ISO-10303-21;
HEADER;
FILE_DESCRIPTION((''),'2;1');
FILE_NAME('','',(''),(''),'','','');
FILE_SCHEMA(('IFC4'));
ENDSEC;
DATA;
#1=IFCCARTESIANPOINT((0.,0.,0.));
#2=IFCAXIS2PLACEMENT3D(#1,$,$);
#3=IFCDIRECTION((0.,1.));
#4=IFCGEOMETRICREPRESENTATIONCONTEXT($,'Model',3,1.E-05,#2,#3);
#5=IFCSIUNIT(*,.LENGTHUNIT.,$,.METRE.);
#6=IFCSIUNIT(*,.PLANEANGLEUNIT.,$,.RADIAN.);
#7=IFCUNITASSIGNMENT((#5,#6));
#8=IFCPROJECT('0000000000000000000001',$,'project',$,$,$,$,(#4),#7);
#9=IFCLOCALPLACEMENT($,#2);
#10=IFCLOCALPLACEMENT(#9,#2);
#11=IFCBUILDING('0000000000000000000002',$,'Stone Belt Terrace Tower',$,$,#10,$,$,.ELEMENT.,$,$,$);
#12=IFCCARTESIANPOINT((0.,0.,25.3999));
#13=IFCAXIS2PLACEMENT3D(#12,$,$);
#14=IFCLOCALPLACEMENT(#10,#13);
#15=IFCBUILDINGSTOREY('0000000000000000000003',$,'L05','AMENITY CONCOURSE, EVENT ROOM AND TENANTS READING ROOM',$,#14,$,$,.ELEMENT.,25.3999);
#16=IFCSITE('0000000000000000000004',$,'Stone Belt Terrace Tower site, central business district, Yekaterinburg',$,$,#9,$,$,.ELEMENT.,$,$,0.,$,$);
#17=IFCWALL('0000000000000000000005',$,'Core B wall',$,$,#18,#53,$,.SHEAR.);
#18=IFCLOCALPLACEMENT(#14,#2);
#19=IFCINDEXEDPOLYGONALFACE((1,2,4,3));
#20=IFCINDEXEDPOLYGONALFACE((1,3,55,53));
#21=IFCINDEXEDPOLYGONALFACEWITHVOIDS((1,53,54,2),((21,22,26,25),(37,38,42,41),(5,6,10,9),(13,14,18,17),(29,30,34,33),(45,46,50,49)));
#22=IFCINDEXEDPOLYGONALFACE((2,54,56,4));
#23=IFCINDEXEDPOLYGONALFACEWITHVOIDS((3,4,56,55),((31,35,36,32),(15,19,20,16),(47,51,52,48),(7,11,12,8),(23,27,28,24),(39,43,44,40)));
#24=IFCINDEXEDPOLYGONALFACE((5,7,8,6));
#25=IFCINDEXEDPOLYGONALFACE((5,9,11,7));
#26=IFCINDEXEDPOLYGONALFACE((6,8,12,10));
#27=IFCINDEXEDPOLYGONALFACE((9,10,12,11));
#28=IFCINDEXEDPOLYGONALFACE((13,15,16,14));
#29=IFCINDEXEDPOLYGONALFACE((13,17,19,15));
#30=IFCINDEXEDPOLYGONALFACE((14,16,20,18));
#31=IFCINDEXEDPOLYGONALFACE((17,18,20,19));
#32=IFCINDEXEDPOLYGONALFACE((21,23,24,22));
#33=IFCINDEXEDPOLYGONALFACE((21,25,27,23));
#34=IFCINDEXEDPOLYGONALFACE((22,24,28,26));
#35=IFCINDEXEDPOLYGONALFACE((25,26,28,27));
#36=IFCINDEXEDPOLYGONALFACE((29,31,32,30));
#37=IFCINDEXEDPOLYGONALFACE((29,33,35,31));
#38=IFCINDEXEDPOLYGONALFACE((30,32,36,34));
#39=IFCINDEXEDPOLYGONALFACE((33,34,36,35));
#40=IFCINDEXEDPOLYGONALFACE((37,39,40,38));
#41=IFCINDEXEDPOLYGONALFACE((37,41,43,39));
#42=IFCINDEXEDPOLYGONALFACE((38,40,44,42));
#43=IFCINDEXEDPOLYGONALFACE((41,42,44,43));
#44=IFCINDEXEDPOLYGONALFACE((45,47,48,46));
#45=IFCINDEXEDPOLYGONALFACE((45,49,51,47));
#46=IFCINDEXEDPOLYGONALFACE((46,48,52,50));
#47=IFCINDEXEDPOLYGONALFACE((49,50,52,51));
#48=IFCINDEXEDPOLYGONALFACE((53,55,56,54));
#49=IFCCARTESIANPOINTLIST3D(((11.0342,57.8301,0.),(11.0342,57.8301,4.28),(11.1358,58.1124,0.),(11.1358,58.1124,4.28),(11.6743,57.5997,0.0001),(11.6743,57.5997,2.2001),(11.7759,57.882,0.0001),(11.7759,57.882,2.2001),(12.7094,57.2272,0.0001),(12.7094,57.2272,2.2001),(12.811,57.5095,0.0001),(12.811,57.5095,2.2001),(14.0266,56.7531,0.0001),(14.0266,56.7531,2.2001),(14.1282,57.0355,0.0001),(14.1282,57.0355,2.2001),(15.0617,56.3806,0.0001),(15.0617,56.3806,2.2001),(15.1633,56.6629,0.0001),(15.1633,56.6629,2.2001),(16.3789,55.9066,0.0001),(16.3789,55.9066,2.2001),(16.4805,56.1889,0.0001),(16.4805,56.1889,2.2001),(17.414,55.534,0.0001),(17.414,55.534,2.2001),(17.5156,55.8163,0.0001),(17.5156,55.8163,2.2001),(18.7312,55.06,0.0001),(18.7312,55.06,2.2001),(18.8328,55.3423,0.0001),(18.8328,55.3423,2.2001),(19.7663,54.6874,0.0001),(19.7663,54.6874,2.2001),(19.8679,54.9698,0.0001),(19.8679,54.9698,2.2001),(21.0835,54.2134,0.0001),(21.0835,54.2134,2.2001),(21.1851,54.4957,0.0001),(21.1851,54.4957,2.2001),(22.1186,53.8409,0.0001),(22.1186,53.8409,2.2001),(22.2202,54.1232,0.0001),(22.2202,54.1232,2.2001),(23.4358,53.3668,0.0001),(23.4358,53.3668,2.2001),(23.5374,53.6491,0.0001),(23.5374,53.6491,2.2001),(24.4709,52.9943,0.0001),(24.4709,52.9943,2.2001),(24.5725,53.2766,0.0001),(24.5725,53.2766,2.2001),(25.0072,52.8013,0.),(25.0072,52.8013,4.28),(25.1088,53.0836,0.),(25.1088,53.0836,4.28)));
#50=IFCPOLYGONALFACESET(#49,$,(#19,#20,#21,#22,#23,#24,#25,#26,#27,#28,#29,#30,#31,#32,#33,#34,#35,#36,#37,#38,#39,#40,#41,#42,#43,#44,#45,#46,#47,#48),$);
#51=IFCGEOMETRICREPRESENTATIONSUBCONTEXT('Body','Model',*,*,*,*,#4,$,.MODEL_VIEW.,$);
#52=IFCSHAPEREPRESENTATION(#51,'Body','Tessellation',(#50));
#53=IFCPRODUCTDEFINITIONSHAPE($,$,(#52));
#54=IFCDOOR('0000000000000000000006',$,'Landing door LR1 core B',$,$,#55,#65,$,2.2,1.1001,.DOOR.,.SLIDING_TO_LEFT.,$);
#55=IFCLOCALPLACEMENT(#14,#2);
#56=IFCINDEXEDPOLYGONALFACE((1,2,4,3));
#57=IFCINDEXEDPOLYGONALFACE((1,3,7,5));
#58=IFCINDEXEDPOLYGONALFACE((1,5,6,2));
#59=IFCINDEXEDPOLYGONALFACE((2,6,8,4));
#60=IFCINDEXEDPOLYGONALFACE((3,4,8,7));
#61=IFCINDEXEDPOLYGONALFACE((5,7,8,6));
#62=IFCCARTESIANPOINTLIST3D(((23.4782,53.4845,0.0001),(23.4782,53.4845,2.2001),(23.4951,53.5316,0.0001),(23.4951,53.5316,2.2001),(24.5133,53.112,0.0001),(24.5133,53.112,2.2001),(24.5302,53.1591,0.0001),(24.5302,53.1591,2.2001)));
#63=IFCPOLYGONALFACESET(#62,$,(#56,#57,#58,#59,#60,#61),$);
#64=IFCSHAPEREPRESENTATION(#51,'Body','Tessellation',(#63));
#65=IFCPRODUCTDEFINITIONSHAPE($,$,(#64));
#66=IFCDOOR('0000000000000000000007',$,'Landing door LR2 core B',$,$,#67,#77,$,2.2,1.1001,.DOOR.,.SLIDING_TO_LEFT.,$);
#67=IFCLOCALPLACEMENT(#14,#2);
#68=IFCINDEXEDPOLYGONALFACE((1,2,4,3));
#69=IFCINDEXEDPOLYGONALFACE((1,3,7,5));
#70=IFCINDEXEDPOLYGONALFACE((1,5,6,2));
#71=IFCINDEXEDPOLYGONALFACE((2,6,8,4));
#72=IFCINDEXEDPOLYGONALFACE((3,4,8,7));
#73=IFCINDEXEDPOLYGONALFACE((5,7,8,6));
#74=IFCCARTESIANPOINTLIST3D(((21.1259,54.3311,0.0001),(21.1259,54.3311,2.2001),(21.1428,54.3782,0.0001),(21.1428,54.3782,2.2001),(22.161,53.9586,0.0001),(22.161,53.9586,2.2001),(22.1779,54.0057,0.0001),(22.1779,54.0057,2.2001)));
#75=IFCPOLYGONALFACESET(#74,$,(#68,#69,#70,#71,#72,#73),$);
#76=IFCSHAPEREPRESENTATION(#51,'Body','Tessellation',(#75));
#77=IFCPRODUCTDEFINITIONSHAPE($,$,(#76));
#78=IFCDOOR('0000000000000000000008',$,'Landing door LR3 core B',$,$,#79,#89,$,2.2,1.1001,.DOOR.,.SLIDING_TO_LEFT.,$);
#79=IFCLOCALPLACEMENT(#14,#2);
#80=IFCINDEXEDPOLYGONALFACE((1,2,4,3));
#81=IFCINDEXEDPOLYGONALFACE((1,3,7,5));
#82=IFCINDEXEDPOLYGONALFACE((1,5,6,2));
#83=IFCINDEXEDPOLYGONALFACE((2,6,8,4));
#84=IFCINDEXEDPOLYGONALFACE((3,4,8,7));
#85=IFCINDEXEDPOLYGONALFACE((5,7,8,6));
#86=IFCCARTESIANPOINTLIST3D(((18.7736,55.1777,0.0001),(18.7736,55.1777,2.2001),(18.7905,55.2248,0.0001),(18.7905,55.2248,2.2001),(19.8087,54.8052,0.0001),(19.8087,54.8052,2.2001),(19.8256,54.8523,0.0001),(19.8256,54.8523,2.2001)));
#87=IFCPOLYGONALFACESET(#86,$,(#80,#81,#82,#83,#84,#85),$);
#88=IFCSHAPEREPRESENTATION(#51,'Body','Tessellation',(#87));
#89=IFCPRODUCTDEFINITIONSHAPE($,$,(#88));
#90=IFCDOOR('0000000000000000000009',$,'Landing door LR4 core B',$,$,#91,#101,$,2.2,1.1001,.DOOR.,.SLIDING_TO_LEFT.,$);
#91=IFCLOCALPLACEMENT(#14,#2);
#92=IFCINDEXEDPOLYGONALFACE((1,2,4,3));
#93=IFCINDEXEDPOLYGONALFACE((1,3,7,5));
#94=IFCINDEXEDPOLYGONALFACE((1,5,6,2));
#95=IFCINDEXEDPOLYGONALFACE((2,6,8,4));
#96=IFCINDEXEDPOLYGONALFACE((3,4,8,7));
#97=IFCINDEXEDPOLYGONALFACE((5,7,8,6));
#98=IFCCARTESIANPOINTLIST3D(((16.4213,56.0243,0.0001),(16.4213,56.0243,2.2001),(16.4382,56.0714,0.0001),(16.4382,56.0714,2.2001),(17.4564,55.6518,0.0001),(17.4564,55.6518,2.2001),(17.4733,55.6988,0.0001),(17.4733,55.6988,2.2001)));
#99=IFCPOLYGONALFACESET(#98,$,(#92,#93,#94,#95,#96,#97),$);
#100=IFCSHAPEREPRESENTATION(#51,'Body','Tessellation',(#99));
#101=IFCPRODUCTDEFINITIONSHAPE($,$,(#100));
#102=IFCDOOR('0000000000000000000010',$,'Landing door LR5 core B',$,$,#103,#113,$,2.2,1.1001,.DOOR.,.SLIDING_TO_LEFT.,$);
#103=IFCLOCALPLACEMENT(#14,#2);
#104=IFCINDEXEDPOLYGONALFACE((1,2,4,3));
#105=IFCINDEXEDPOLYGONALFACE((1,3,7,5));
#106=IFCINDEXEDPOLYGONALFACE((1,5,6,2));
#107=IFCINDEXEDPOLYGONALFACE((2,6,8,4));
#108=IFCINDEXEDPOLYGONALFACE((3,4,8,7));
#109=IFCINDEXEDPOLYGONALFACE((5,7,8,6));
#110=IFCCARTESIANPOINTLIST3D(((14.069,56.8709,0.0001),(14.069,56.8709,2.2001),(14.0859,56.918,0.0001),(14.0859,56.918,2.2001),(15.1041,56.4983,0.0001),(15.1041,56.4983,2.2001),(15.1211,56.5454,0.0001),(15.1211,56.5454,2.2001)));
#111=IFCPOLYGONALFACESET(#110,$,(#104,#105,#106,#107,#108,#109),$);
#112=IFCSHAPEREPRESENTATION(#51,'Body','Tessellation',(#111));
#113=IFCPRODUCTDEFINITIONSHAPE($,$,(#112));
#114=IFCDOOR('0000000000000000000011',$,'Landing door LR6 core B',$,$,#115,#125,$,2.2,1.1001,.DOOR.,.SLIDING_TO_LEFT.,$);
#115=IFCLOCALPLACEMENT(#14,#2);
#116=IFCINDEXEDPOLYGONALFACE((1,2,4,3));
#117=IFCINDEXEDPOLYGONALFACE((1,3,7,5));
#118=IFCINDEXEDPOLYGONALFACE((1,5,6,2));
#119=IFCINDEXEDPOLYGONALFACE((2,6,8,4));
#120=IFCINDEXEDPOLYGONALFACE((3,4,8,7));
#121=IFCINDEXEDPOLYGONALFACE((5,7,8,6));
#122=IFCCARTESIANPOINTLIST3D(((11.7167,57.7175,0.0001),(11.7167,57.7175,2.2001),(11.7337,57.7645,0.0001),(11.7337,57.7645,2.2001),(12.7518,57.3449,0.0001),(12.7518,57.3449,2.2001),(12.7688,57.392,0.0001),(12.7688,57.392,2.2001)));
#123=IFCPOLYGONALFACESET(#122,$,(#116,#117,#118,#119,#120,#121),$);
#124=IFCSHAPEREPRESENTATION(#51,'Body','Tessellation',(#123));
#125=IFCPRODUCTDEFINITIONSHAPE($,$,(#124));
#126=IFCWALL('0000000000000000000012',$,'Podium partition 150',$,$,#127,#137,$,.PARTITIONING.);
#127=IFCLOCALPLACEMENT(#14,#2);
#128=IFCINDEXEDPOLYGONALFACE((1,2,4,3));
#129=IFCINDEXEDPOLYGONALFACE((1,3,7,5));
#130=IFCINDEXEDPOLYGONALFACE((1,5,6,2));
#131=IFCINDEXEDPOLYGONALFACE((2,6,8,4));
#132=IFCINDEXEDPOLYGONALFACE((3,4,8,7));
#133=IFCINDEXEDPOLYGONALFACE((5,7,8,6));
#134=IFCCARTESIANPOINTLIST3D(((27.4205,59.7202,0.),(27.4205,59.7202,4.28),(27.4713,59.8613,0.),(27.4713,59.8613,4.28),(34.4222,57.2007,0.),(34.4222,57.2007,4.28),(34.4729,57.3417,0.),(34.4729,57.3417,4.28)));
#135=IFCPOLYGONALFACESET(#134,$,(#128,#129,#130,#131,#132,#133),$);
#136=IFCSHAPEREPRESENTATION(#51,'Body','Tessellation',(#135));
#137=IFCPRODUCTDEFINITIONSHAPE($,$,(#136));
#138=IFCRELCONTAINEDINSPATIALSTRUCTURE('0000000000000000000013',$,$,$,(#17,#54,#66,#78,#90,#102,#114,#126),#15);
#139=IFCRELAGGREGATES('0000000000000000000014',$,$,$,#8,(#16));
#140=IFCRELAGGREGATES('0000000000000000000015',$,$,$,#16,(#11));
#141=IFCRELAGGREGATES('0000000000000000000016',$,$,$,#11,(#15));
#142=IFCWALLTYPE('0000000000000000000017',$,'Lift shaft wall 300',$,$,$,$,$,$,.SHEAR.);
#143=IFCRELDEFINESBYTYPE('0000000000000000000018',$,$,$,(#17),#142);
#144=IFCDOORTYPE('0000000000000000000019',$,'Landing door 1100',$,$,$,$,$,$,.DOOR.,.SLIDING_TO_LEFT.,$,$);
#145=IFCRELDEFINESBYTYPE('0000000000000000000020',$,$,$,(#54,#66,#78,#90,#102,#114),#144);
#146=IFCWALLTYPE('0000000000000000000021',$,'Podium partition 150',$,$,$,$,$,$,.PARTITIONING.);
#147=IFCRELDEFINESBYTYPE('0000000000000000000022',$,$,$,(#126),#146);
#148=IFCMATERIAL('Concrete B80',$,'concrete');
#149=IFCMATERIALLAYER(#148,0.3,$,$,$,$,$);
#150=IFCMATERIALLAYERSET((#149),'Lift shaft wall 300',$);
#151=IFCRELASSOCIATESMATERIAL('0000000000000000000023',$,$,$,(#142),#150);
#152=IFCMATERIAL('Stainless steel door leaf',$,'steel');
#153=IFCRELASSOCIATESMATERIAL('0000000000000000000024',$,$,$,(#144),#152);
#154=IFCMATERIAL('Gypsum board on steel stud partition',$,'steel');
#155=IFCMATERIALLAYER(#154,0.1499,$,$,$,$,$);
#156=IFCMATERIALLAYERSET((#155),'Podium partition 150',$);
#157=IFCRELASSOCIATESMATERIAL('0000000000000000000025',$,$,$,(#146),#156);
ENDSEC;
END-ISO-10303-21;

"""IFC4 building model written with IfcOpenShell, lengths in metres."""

from ifc_helpers import new_model, si_unit, direction, frame, frame_2d, origin, place, context, subcontext, project, spatial, rectangle, extrude, material, layer, layer_set, type_object, element, fill, save


model = new_model("IFC4")

# Units and contexts
model_context = context("Model", 3, precision=1e-05, world=origin(), true_north=direction((0.0, 1.0)))
body_context = subcontext(model_context, "Body", "Model", "MODEL_VIEW")
ifc_project = project(units=[si_unit("LENGTHUNIT", "METRE"), si_unit("PLANEANGLEUNIT", "RADIAN")], contexts=[model_context])

# Site, building, storey
site_placement = place(None, origin())
site = spatial("IfcSite", under=ifc_project, at=site_placement, Name="Stone Belt Terrace Tower site, central business district, Yekaterinburg", CompositionType="ELEMENT", RefElevation=0.0)
building_placement = place(site_placement, origin())
building = spatial("IfcBuilding", under=site, at=building_placement, Name="Stone Belt Terrace Tower", CompositionType="ELEMENT")
storey_placement = place(building_placement, frame((0.0, 0.0, 25.3999)))
storey = spatial("IfcBuildingStorey", under=building, at=storey_placement, Name="L05", Description="AMENITY CONCOURSE, EVENT ROOM AND TENANTS READING ROOM", CompositionType="ELEMENT", Elevation=25.3999)

# Shared definitions
ifc_material_1 = material(Name="Concrete B80", Category="concrete")

# Shared definitions
ifc_layer_1 = layer(ifc_material_1, 0.3)
ifc_layer_set_1 = layer_set([ifc_layer_1], Name="Lift shaft wall 300")
wall_type_1 = type_object("IfcWallType", Name="Lift shaft wall 300", PredefinedType="SHEAR", material=ifc_layer_set_1)
ifc_material_2 = material(Name="Stainless steel door leaf", Category="steel")

# Wall, openings, doors
wall_1_placement = place(storey_placement, frame((25.0581, 52.9424, 0.0), z_axis=(0.0, 0.0, 1.0), x_axis=(-0.940918, 0.338634, 0.0)))
wall_1 = element("IfcWall", 1, at=wall_1_placement, inside=storey, type_object=wall_type_1, Name="Core B wall", PredefinedType="SHEAR", context=body_context, shape_type="SweptSolid", body=[
    extrude(rectangle(XDim=14.8503, YDim=0.3, at=frame_2d((7.4253, 0.0))), origin(), (0.0, 0.0, 1.0), 4.28),
])
opening_1_placement = place(wall_1_placement, frame((0.5701, 0.0, 0.0)))
opening_1 = element("IfcOpeningElement", 2, at=opening_1_placement, cuts=wall_1, PredefinedType="OPENING", context=body_context, shape_type="SweptSolid", body=[
    extrude(rectangle(XDim=1.1001, YDim=2.2, at=frame_2d((0.55, 1.1001))), frame((0.0, 0.1599, 0.0), z_axis=(0.0, -1.0, 0.0), x_axis=(1.0, 0.0, 0.0)), (0.0, 0.0, 1.0), 0.3201),
])
opening_2_placement = place(wall_1_placement, frame((3.0701, 0.0, 0.0)))
opening_2 = element("IfcOpeningElement", 3, at=opening_2_placement, cuts=wall_1, PredefinedType="OPENING", context=body_context, shape_type="SweptSolid", body=[
    extrude(rectangle(XDim=1.1001, YDim=2.2, at=frame_2d((0.55, 1.1001))), frame((0.0, 0.1599, 0.0), z_axis=(0.0, -1.0, 0.0), x_axis=(1.0, 0.0, 0.0)), (0.0, 0.0, 1.0), 0.3201),
])
opening_3_placement = place(wall_1_placement, frame((5.5701, 0.0, 0.0)))
opening_3 = element("IfcOpeningElement", 4, at=opening_3_placement, cuts=wall_1, PredefinedType="OPENING", context=body_context, shape_type="SweptSolid", body=[
    extrude(rectangle(XDim=1.1001, YDim=2.2, at=frame_2d((0.55, 1.1001))), frame((0.0, 0.1599, 0.0), z_axis=(0.0, -1.0, 0.0), x_axis=(1.0, 0.0, 0.0)), (0.0, 0.0, 1.0), 0.3201),
])
opening_4_placement = place(wall_1_placement, frame((8.0701, 0.0, 0.0)))
opening_4 = element("IfcOpeningElement", 5, at=opening_4_placement, cuts=wall_1, PredefinedType="OPENING", context=body_context, shape_type="SweptSolid", body=[
    extrude(rectangle(XDim=1.1001, YDim=2.2, at=frame_2d((0.55, 1.1001))), frame((0.0, 0.1599, 0.0), z_axis=(0.0, -1.0, 0.0), x_axis=(1.0, 0.0, 0.0)), (0.0, 0.0, 1.0), 0.3201),
])
opening_5_placement = place(wall_1_placement, frame((10.5701, 0.0, 0.0)))
opening_5 = element("IfcOpeningElement", 6, at=opening_5_placement, cuts=wall_1, PredefinedType="OPENING", context=body_context, shape_type="SweptSolid", body=[
    extrude(rectangle(XDim=1.1001, YDim=2.2, at=frame_2d((0.55, 1.1001))), frame((0.0, 0.1599, 0.0), z_axis=(0.0, -1.0, 0.0), x_axis=(1.0, 0.0, 0.0)), (0.0, 0.0, 1.0), 0.3201),
])
opening_6_placement = place(wall_1_placement, frame((13.0701, 0.0, 0.0)))
opening_6 = element("IfcOpeningElement", 7, at=opening_6_placement, cuts=wall_1, PredefinedType="OPENING", context=body_context, shape_type="SweptSolid", body=[
    extrude(rectangle(XDim=1.1001, YDim=2.2, at=frame_2d((0.55, 1.1001))), frame((0.0, 0.1599, 0.0), z_axis=(0.0, -1.0, 0.0), x_axis=(1.0, 0.0, 0.0)), (0.0, 0.0, 1.0), 0.3201),
])
door_type_1 = type_object("IfcDoorType", Name="Landing door 1100", OperationType="SLIDING_TO_LEFT", PredefinedType="DOOR", material=ifc_material_2)
door_1_placement = place(opening_1_placement, origin())
door_1 = element("IfcDoor", 8, at=door_1_placement, inside=storey, type_object=door_type_1, Name="Landing door LR1 core B", OperationType="SLIDING_TO_LEFT", OverallHeight=2.2, OverallWidth=1.1001, PredefinedType="DOOR", context=body_context, shape_type="SweptSolid", body=[
    extrude(rectangle(XDim=1.1001, YDim=2.2, at=frame_2d((0.55, 1.1001))), frame((0.0, 0.0249, 0.0), z_axis=(0.0, -1.0, 0.0), x_axis=(1.0, 0.0, 0.0)), (0.0, 0.0, 1.0), 0.05),
])
fill(opening_1, door_1)
door_2_placement = place(opening_2_placement, origin())
door_2 = element("IfcDoor", 9, at=door_2_placement, inside=storey, type_object=door_type_1, Name="Landing door LR2 core B", OperationType="SLIDING_TO_LEFT", OverallHeight=2.2, OverallWidth=1.1001, PredefinedType="DOOR", context=body_context, shape_type="SweptSolid", body=[
    extrude(rectangle(XDim=1.1001, YDim=2.2, at=frame_2d((0.55, 1.1001))), frame((0.0, 0.0249, 0.0), z_axis=(0.0, -1.0, 0.0), x_axis=(1.0, 0.0, 0.0)), (0.0, 0.0, 1.0), 0.05),
])
fill(opening_2, door_2)
door_3_placement = place(opening_3_placement, origin())
door_3 = element("IfcDoor", 10, at=door_3_placement, inside=storey, type_object=door_type_1, Name="Landing door LR3 core B", OperationType="SLIDING_TO_LEFT", OverallHeight=2.2, OverallWidth=1.1001, PredefinedType="DOOR", context=body_context, shape_type="SweptSolid", body=[
    extrude(rectangle(XDim=1.1001, YDim=2.2, at=frame_2d((0.55, 1.1001))), frame((0.0, 0.0249, 0.0), z_axis=(0.0, -1.0, 0.0), x_axis=(1.0, 0.0, 0.0)), (0.0, 0.0, 1.0), 0.05),
])
fill(opening_3, door_3)
door_4_placement = place(opening_4_placement, origin())
door_4 = element("IfcDoor", 11, at=door_4_placement, inside=storey, type_object=door_type_1, Name="Landing door LR4 core B", OperationType="SLIDING_TO_LEFT", OverallHeight=2.2, OverallWidth=1.1001, PredefinedType="DOOR", context=body_context, shape_type="SweptSolid", body=[
    extrude(rectangle(XDim=1.1001, YDim=2.2, at=frame_2d((0.55, 1.1001))), frame((0.0, 0.0249, 0.0), z_axis=(0.0, -1.0, 0.0), x_axis=(1.0, 0.0, 0.0)), (0.0, 0.0, 1.0), 0.05),
])
fill(opening_4, door_4)
door_5_placement = place(opening_5_placement, origin())
door_5 = element("IfcDoor", 12, at=door_5_placement, inside=storey, type_object=door_type_1, Name="Landing door LR5 core B", OperationType="SLIDING_TO_LEFT", OverallHeight=2.2, OverallWidth=1.1001, PredefinedType="DOOR", context=body_context, shape_type="SweptSolid", body=[
    extrude(rectangle(XDim=1.1001, YDim=2.2, at=frame_2d((0.55, 1.1001))), frame((0.0, 0.0249, 0.0), z_axis=(0.0, -1.0, 0.0), x_axis=(1.0, 0.0, 0.0)), (0.0, 0.0, 1.0), 0.05),
])
fill(opening_5, door_5)
door_6_placement = place(opening_6_placement, origin())
door_6 = element("IfcDoor", 13, at=door_6_placement, inside=storey, type_object=door_type_1, Name="Landing door LR6 core B", OperationType="SLIDING_TO_LEFT", OverallHeight=2.2, OverallWidth=1.1001, PredefinedType="DOOR", context=body_context, shape_type="SweptSolid", body=[
    extrude(rectangle(XDim=1.1001, YDim=2.2, at=frame_2d((0.55, 1.1001))), frame((0.0, 0.0249, 0.0), z_axis=(0.0, -1.0, 0.0), x_axis=(1.0, 0.0, 0.0)), (0.0, 0.0, 1.0), 0.05),
])
fill(opening_6, door_6)

# Wall
ifc_material_3 = material(Name="Gypsum board on steel stud partition", Category="steel")
ifc_layer_2 = layer(ifc_material_3, 0.1499)
ifc_layer_set_2 = layer_set([ifc_layer_2], Name="Podium partition 150")
wall_type_2 = type_object("IfcWallType", Name="Podium partition 150", PredefinedType="PARTITIONING", material=ifc_layer_set_2)
wall_2_placement = place(storey_placement, frame((27.4458, 59.7908, 0.0), z_axis=(0.0, 0.0, 1.0), x_axis=(0.940934, -0.338591, 0.0)))
element("IfcWall", 14, at=wall_2_placement, inside=storey, type_object=wall_type_2, Name="Podium partition 150", PredefinedType="PARTITIONING", context=body_context, shape_type="SweptSolid", body=[
    extrude(rectangle(XDim=7.4412, YDim=0.1499, at=frame_2d((3.7207, 0.0))), origin(), (0.0, 0.0, 1.0), 4.28),
])

save(model, "model.ifc")
